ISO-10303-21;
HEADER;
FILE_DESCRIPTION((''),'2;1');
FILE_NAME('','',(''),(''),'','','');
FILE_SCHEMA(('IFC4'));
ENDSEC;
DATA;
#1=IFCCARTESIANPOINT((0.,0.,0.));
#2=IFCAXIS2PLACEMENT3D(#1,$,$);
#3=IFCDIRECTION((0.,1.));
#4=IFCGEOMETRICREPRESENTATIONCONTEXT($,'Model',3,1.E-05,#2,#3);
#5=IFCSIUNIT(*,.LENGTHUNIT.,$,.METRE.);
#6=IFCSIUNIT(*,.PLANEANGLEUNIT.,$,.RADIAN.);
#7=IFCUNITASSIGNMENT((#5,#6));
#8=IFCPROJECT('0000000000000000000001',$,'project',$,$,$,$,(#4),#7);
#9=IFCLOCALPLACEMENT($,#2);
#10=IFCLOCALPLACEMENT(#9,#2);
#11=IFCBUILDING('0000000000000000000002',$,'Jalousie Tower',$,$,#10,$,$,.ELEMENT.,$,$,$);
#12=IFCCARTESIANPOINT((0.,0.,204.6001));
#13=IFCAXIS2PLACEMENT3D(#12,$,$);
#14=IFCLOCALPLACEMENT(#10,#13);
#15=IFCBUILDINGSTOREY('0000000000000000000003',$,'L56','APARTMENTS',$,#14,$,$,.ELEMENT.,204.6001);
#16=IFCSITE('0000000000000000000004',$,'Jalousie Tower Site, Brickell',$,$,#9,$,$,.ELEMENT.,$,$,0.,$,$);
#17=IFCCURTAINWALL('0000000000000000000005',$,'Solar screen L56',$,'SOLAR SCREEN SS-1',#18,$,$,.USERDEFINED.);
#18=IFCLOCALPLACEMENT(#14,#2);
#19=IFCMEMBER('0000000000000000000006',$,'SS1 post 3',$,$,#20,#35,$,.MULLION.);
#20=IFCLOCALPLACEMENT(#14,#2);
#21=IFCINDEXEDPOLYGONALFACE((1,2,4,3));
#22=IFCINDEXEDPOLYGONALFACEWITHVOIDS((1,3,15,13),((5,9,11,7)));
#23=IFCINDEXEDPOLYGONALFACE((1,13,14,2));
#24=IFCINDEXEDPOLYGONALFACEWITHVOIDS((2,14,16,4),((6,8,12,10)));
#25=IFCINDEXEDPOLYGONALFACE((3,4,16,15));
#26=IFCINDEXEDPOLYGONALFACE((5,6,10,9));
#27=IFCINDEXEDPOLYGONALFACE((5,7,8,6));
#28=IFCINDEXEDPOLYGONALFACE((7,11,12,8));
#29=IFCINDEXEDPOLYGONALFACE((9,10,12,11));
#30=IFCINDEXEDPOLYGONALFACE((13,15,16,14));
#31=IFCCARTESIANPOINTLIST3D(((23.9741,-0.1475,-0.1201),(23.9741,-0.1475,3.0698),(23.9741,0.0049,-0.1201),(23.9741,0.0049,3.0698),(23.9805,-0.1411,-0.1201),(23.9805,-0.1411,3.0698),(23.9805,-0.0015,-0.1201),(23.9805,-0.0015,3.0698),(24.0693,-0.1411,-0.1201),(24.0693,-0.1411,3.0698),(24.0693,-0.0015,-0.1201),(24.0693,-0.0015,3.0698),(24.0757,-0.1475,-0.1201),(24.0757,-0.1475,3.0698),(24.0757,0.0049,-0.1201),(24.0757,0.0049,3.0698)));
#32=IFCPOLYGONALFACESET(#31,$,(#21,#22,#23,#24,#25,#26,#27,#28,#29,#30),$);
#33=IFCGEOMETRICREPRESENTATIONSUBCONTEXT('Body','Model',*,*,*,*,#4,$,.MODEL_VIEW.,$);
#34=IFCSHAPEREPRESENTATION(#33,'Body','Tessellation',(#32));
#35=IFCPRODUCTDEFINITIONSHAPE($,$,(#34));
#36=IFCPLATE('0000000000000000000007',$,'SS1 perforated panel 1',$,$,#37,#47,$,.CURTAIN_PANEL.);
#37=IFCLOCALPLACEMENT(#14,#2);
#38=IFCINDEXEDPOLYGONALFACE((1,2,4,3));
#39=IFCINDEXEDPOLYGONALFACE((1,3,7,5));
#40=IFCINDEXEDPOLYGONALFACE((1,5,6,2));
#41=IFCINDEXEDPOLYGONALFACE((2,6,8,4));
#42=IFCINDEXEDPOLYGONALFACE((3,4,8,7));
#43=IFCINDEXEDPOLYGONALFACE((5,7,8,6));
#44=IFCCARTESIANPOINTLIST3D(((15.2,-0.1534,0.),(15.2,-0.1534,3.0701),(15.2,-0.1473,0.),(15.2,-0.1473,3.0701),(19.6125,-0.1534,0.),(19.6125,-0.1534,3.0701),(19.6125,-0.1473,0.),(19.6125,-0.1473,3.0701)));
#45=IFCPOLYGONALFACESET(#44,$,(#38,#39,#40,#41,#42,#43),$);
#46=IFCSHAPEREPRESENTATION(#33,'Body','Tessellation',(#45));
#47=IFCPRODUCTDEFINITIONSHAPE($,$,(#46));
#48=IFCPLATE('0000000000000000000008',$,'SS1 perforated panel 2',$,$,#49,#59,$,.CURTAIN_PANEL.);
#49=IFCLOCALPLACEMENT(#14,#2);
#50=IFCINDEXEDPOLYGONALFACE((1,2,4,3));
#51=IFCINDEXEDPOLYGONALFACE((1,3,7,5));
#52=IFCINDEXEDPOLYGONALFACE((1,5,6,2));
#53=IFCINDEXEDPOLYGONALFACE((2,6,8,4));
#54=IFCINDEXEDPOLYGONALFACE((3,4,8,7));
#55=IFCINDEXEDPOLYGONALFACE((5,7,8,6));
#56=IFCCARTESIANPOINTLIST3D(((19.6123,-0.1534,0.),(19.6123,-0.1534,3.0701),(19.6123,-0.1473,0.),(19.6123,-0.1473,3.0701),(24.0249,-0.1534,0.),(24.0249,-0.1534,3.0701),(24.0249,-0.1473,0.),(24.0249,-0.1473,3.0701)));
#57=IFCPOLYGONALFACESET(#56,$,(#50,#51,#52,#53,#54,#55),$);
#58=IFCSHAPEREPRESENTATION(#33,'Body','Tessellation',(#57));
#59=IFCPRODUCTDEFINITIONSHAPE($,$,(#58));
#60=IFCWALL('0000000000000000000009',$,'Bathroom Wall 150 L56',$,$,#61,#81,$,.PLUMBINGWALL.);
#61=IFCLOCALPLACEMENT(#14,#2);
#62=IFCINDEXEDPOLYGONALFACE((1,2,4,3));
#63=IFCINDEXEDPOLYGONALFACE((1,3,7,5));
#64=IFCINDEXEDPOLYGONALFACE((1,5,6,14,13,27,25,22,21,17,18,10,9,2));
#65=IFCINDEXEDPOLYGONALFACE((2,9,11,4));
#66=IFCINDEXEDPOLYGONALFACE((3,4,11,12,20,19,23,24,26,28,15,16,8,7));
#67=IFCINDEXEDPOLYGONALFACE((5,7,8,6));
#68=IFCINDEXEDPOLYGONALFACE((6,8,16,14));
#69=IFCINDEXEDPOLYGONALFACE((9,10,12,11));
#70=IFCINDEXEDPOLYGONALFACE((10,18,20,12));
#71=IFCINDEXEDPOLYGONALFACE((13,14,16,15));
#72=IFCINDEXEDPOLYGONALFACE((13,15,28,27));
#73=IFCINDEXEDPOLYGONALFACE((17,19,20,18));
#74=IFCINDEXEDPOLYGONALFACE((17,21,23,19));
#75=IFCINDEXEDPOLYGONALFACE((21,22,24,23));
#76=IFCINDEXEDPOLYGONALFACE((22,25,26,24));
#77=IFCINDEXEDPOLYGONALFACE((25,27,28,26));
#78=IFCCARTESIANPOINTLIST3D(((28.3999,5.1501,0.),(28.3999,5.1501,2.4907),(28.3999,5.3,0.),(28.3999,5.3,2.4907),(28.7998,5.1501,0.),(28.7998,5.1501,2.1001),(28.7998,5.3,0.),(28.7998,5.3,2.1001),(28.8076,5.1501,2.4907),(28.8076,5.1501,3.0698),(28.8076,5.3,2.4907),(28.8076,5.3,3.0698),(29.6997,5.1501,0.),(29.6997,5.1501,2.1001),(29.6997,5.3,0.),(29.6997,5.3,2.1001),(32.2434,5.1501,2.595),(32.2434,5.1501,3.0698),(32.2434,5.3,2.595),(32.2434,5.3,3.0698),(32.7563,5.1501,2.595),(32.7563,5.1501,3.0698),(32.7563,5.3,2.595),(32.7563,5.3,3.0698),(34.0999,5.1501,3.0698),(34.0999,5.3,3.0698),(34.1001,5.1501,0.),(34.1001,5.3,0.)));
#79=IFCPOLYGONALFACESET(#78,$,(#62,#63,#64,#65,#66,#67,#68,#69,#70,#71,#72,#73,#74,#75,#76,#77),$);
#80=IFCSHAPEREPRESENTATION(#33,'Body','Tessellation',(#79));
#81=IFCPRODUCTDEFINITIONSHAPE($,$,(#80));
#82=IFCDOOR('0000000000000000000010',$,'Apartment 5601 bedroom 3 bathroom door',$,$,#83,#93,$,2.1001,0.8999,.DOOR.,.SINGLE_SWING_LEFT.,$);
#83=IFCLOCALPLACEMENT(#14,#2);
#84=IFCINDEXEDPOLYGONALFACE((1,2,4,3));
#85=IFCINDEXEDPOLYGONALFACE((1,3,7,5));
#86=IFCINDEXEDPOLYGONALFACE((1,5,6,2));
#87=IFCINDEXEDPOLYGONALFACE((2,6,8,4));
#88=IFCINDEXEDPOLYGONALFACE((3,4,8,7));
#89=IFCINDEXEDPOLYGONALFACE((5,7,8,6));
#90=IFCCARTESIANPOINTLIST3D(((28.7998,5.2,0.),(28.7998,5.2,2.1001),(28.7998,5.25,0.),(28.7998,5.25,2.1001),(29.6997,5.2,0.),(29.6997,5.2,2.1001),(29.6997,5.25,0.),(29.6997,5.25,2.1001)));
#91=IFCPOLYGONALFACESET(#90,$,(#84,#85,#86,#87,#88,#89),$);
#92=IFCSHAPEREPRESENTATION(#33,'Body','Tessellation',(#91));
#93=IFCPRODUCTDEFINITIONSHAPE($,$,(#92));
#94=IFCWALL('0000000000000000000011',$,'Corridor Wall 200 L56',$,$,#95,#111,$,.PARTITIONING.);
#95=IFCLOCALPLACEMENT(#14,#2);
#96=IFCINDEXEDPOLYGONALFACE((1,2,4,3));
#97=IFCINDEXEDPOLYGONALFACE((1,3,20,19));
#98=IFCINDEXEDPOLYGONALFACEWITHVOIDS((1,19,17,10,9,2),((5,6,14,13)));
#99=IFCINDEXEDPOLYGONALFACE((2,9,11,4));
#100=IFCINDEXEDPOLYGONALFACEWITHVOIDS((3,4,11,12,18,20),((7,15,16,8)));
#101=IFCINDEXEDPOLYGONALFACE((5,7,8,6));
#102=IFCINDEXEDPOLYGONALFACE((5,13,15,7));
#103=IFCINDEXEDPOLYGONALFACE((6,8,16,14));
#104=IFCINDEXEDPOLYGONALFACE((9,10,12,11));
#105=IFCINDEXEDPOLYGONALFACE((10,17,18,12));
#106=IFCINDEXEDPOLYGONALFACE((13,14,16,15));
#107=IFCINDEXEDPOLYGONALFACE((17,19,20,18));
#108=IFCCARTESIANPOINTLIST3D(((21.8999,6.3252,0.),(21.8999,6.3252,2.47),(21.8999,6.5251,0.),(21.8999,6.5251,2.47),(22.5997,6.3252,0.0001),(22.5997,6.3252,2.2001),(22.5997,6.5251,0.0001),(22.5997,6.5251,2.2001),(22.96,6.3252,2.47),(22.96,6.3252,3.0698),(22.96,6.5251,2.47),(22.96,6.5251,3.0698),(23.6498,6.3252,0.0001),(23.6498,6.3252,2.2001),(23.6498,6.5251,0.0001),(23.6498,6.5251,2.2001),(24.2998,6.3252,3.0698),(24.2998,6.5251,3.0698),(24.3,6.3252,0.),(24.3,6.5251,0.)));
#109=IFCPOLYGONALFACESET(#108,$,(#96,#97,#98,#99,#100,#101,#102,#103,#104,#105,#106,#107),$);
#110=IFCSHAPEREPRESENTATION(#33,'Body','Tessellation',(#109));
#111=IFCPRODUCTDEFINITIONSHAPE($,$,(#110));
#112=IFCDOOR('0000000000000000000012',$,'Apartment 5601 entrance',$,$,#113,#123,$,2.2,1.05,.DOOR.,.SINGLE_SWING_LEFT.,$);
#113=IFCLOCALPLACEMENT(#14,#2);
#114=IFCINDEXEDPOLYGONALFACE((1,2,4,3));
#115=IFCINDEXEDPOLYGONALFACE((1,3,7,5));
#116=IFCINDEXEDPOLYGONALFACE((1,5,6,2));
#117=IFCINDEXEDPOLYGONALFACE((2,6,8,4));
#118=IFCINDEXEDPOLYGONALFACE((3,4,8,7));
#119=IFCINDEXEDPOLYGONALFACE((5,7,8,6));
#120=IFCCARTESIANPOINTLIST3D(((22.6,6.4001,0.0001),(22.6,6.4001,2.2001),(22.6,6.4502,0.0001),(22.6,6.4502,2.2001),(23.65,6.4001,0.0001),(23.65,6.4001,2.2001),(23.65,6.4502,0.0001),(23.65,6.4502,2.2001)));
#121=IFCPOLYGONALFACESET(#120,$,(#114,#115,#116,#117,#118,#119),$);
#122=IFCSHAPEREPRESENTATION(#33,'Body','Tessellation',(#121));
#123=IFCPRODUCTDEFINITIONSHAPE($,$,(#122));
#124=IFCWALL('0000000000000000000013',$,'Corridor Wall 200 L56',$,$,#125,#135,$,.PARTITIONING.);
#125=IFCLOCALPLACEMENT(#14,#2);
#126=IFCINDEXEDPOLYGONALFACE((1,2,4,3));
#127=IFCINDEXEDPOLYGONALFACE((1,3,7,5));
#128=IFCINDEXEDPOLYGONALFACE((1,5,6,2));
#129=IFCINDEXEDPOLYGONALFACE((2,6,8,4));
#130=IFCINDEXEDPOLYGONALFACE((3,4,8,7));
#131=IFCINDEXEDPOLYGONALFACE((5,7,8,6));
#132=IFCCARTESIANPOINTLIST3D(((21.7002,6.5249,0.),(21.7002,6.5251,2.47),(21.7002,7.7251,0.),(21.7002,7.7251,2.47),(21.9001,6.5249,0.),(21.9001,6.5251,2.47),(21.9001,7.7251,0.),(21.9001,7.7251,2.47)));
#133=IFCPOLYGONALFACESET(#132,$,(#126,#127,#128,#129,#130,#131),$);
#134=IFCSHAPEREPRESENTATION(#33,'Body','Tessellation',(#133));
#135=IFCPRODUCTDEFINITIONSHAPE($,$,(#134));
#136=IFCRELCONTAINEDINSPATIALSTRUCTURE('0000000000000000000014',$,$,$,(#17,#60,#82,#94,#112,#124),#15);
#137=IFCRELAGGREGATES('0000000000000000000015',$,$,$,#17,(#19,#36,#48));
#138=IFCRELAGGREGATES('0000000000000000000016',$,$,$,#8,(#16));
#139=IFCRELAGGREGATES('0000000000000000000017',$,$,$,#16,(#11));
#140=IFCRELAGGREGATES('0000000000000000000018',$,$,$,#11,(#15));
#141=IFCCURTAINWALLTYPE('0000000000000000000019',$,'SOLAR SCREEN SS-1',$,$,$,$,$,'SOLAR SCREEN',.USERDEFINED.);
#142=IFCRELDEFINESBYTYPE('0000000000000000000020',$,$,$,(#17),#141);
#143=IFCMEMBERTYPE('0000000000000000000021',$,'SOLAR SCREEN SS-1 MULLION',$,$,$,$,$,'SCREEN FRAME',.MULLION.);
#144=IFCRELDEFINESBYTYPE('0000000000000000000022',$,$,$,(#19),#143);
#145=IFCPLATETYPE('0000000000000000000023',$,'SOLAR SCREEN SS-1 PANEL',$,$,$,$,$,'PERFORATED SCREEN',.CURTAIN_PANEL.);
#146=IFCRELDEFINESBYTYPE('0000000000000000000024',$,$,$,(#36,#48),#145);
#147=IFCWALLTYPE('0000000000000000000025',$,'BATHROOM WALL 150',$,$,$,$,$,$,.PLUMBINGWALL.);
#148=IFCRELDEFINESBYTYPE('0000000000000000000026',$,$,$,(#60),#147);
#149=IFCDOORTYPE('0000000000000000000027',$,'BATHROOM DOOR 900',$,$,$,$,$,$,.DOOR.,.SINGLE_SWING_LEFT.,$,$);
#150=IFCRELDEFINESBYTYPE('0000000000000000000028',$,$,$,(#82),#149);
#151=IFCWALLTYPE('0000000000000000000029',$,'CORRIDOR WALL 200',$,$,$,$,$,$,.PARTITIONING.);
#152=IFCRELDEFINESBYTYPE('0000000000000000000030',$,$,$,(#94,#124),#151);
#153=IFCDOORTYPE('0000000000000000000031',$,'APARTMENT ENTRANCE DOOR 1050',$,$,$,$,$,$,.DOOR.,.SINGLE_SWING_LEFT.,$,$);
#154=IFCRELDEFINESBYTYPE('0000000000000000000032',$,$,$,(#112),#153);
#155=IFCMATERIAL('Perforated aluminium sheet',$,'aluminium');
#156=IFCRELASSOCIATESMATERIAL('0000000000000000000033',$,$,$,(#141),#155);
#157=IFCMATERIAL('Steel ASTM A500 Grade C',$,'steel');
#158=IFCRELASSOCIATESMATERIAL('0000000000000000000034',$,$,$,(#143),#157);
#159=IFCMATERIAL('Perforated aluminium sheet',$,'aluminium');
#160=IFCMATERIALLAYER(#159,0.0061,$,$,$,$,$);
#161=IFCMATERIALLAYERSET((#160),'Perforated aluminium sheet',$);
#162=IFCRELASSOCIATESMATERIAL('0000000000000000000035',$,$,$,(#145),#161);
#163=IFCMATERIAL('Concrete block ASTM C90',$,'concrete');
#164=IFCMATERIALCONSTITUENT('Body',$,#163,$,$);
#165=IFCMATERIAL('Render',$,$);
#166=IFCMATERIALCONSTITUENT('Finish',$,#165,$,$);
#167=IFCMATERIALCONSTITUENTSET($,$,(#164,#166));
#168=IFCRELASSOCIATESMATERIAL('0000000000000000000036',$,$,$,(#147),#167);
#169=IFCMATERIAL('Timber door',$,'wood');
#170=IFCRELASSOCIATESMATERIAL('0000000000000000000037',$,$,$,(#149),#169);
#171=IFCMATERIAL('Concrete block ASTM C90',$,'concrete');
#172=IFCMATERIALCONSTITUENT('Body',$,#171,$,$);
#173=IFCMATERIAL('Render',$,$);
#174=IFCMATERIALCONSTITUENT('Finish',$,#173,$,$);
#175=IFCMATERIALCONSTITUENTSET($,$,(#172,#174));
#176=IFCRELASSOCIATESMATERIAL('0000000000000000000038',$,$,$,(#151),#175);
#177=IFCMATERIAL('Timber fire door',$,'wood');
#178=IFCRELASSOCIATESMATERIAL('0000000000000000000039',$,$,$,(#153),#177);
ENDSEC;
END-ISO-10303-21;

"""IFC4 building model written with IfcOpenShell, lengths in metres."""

from ifc_helpers import new_model, si_unit, direction, frame, frame_2d, origin, origin_2d, place, context, subcontext, project, spatial, polyline, rectangle, hollow_rectangle, outline, extrude, material, layer, layer_set, constituent, constituent_set, material_profile, profile_set, type_object, element, fill, aggregate, save


model = new_model("IFC4")

# Units and contexts
model_context = context("Model", 3, precision=1e-05, world=origin(), true_north=direction((0.0, 1.0)))
body_context = subcontext(model_context, "Body", "Model", "MODEL_VIEW")
ifc_project = project(units=[si_unit("LENGTHUNIT", "METRE"), si_unit("PLANEANGLEUNIT", "RADIAN")], contexts=[model_context])

# Site, building, storey
site_placement = place(None, origin())
site = spatial("IfcSite", under=ifc_project, at=site_placement, Name="Jalousie Tower Site, Brickell", CompositionType="ELEMENT", RefElevation=0.0)
building_placement = place(site_placement, origin())
building = spatial("IfcBuilding", under=site, at=building_placement, Name="Jalousie Tower", CompositionType="ELEMENT")
storey_placement = place(building_placement, frame((0.0, 0.0, 204.6001)))
storey = spatial("IfcBuildingStorey", under=building, at=storey_placement, Name="L56", Description="APARTMENTS", CompositionType="ELEMENT", Elevation=204.6001)

# Curtain wall, member, plates
ifc_material_1 = material(Name="Perforated aluminium sheet", Category="aluminium")
curtain_wall_type = type_object("IfcCurtainWallType", Name="SOLAR SCREEN SS-1", ElementType="SOLAR SCREEN", PredefinedType="USERDEFINED", material=ifc_material_1)
curtain_wall_placement = place(storey_placement, origin())
curtain_wall = element("IfcCurtainWall", 1, at=curtain_wall_placement, inside=storey, type_object=curtain_wall_type, Name="Solar screen L56", ObjectType="SOLAR SCREEN SS-1", PredefinedType="USERDEFINED")
ifc_material_2 = material(Name="Steel ASTM A500 Grade C", Category="steel")
ifc_material_profile_1 = material_profile(ifc_material_2, hollow_rectangle(XDim=0.1016, YDim=0.1523, WallThickness=0.0063, at=origin_2d()), Name="HSS6X4X1/4")
ifc_profile_set_1 = profile_set([ifc_material_profile_1], Name="Steel ASTM A500 Grade C")
member_type_1 = type_object("IfcMemberType", Name="SOLAR SCREEN SS-1 MULLION", ElementType="SCREEN FRAME", PredefinedType="MULLION", material=ifc_profile_set_1)
member_1_placement = place(storey_placement, frame((24.0249, -0.0713, -0.1201), z_axis=(0.0, 0.0, 1.0), x_axis=(1.0, 0.0, 0.0)))
member_1 = element("IfcMember", 2, at=member_1_placement, type_object=member_type_1, Name="SS1 post 3", PredefinedType="MULLION", context=body_context, shape_type="SweptSolid", body=[
    extrude(hollow_rectangle(XDim=0.1016, YDim=0.1523, WallThickness=0.0063, at=origin_2d()), origin(), (0.0, 0.0, 1.0), 3.1899),
])
ifc_material_3 = material(Name="Perforated aluminium sheet", Category="aluminium")
ifc_layer_1 = layer(ifc_material_3, 0.0061)
ifc_layer_set_1 = layer_set([ifc_layer_1], Name="Perforated aluminium sheet")
plate_type = type_object("IfcPlateType", Name="SOLAR SCREEN SS-1 PANEL", ElementType="PERFORATED SCREEN", PredefinedType="CURTAIN_PANEL", material=ifc_layer_set_1)
plate_1_placement = place(storey_placement, frame((17.4062, -0.1504, 0.0), z_axis=(0.0, 0.0, 1.0), x_axis=(1.0, 0.0, 0.0)))
plate_1 = element("IfcPlate", 3, at=plate_1_placement, type_object=plate_type, Name="SS1 perforated panel 1", PredefinedType="CURTAIN_PANEL", context=body_context, shape_type="SweptSolid", body=[
    extrude(rectangle(XDim=4.4126, YDim=0.0061, at=origin_2d()), origin(), (0.0, 0.0, 1.0), 3.0701),
])
plate_2_placement = place(storey_placement, frame((21.8186, -0.1504, 0.0), z_axis=(0.0, 0.0, 1.0), x_axis=(1.0, 0.0, 0.0)))
plate_2 = element("IfcPlate", 4, at=plate_2_placement, type_object=plate_type, Name="SS1 perforated panel 2", PredefinedType="CURTAIN_PANEL", context=body_context, shape_type="SweptSolid", body=[
    extrude(rectangle(XDim=4.4126, YDim=0.0061, at=origin_2d()), origin(), (0.0, 0.0, 1.0), 3.0701),
])
aggregate(curtain_wall, [member_1, plate_1, plate_2])

# Walls, openings, doors
ifc_material_4 = material(Name="Concrete block ASTM C90", Category="concrete")
ifc_constituent_1 = constituent(ifc_material_4, Name="Body")
ifc_material_5 = material(Name="Render")
ifc_constituent_2 = constituent(ifc_material_5, Name="Finish")
ifc_constituent_set_1 = constituent_set(constituents=[ifc_constituent_1, ifc_constituent_2])
wall_type_1 = type_object("IfcWallType", Name="BATHROOM WALL 150", PredefinedType="PLUMBINGWALL", material=ifc_constituent_set_1)
wall_1_placement = place(storey_placement, frame((28.3999, 5.2251, 0.0), z_axis=(0.0, 0.0, 1.0), x_axis=(1.0, 0.0, 0.0)))
wall_1 = element("IfcWall", 5, at=wall_1_placement, inside=storey, type_object=wall_type_1, Name="Bathroom Wall 150 L56", PredefinedType="PLUMBINGWALL", context=body_context, shape_type="SweptSolid", body=[
    extrude(outline(polyline([(0.0, 0.0), (5.7002, 0.0), (5.7, 3.0698), (4.3564, 3.0698), (4.3564, 2.595), (3.8435, 2.595), (3.8435, 3.0698), (0.4077, 3.0698), (0.4077, 2.4907), (0.0, 2.4907), (0.0, 0.0)])), frame((0.0, 0.075, 0.0), z_axis=(0.0, -1.0, 0.0), x_axis=(1.0, 0.0, 0.0)), (0.0, 0.0, 1.0), 0.1499),
])
opening_1_placement = place(wall_1_placement, frame((0.3999, 0.0, 0.0)))
opening_1 = element("IfcOpeningElement", 6, at=opening_1_placement, cuts=wall_1, PredefinedType="OPENING", context=body_context, shape_type="SweptSolid", body=[
    extrude(rectangle(XDim=0.8999, YDim=2.1001, at=frame_2d((0.45, 1.05))), frame((0.0, 0.085, 0.0), z_axis=(0.0, -1.0, 0.0), x_axis=(1.0, 0.0, 0.0)), (0.0, 0.0, 1.0), 0.1699),
])
ifc_material_6 = material(Name="Timber door", Category="wood")
door_type_1 = type_object("IfcDoorType", Name="BATHROOM DOOR 900", OperationType="SINGLE_SWING_LEFT", PredefinedType="DOOR", material=ifc_material_6)
door_1_placement = place(opening_1_placement, origin())
door_1 = element("IfcDoor", 7, at=door_1_placement, inside=storey, type_object=door_type_1, Name="Apartment 5601 bedroom 3 bathroom door", OperationType="SINGLE_SWING_LEFT", OverallHeight=2.1001, OverallWidth=0.8999, PredefinedType="DOOR", context=body_context, shape_type="SweptSolid", body=[
    extrude(rectangle(XDim=0.8999, YDim=2.1001, at=frame_2d((0.45, 1.05))), frame((0.0, 0.0249, 0.0), z_axis=(0.0, -1.0, 0.0), x_axis=(1.0, 0.0, 0.0)), (0.0, 0.0, 1.0), 0.05),
])
fill(opening_1, door_1)
ifc_material_7 = material(Name="Concrete block ASTM C90", Category="concrete")
ifc_constituent_3 = constituent(ifc_material_7, Name="Body")
ifc_material_8 = material(Name="Render")
ifc_constituent_4 = constituent(ifc_material_8, Name="Finish")
ifc_constituent_set_2 = constituent_set(constituents=[ifc_constituent_3, ifc_constituent_4])
wall_type_2 = type_object("IfcWallType", Name="CORRIDOR WALL 200", PredefinedType="PARTITIONING", material=ifc_constituent_set_2)
wall_2_placement = place(storey_placement, frame((21.8999, 6.425, 0.0), z_axis=(0.0, 0.0, 1.0), x_axis=(1.0, 0.0, 0.0)))
wall_2 = element("IfcWall", 8, at=wall_2_placement, inside=storey, type_object=wall_type_2, Name="Corridor Wall 200 L56", PredefinedType="PARTITIONING", context=body_context, shape_type="SweptSolid", body=[
    extrude(outline(polyline([(0.0, 0.0), (2.4001, 0.0), (2.3999, 3.0698), (1.0601, 3.0698), (1.0601, 2.47), (0.0, 2.47), (0.0, 3.0698), (0.0, 0.0)])), frame((0.0, 0.1001, 0.0), z_axis=(0.0, -1.0, 0.0), x_axis=(1.0, 0.0, 0.0)), (0.0, 0.0, 1.0), 0.2),
])
opening_2_placement = place(wall_2_placement, frame((0.7, 0.0, 0.0)))
opening_2 = element("IfcOpeningElement", 9, at=opening_2_placement, cuts=wall_2, PredefinedType="OPENING", context=body_context, shape_type="SweptSolid", body=[
    extrude(rectangle(XDim=1.05, YDim=2.2, at=frame_2d((0.5249, 1.1001))), frame((0.0, 0.1099, 0.0), z_axis=(0.0, -1.0, 0.0), x_axis=(1.0, 0.0, 0.0)), (0.0, 0.0, 1.0), 0.22),
])
ifc_material_9 = material(Name="Timber fire door", Category="wood")
door_type_2 = type_object("IfcDoorType", Name="APARTMENT ENTRANCE DOOR 1050", OperationType="SINGLE_SWING_LEFT", PredefinedType="DOOR", material=ifc_material_9)
door_2_placement = place(opening_2_placement, frame((1.05, 0.0, 0.0), z_axis=(0.0, 0.0, 1.0), x_axis=(-1.0, 0.0, 0.0)))
door_2 = element("IfcDoor", 10, at=door_2_placement, inside=storey, type_object=door_type_2, Name="Apartment 5601 entrance", OperationType="SINGLE_SWING_LEFT", OverallHeight=2.2, OverallWidth=1.05, PredefinedType="DOOR", context=body_context, shape_type="SweptSolid", body=[
    extrude(rectangle(XDim=1.05, YDim=2.2, at=frame_2d((0.5249, 1.1001))), frame((0.0, 0.0249, 0.0), z_axis=(0.0, -1.0, 0.0), x_axis=(1.0, 0.0, 0.0)), (0.0, 0.0, 1.0), 0.05),
])
fill(opening_2, door_2)

# Wall
wall_3_placement = place(storey_placement, frame((21.8, 7.7251, 0.0), z_axis=(0.0, 0.0, 1.0), x_axis=(0.0, -1.0, 0.0)))
element("IfcWall", 11, at=wall_3_placement, inside=storey, type_object=wall_type_2, Name="Corridor Wall 200 L56", PredefinedType="PARTITIONING", context=body_context, shape_type="SweptSolid", body=[
    extrude(outline(polyline([(0.0, 0.0), (1.2002, 0.0), (1.2, 3.0698), (1.2, 2.47), (0.0, 2.47), (0.0, 3.0698), (0.0, 0.0)])), frame((0.0, 0.1001, 0.0), z_axis=(0.0, -1.0, 0.0), x_axis=(1.0, 0.0, 0.0)), (0.0, 0.0, 1.0), 0.2),
])

save(model, "model.ifc")
